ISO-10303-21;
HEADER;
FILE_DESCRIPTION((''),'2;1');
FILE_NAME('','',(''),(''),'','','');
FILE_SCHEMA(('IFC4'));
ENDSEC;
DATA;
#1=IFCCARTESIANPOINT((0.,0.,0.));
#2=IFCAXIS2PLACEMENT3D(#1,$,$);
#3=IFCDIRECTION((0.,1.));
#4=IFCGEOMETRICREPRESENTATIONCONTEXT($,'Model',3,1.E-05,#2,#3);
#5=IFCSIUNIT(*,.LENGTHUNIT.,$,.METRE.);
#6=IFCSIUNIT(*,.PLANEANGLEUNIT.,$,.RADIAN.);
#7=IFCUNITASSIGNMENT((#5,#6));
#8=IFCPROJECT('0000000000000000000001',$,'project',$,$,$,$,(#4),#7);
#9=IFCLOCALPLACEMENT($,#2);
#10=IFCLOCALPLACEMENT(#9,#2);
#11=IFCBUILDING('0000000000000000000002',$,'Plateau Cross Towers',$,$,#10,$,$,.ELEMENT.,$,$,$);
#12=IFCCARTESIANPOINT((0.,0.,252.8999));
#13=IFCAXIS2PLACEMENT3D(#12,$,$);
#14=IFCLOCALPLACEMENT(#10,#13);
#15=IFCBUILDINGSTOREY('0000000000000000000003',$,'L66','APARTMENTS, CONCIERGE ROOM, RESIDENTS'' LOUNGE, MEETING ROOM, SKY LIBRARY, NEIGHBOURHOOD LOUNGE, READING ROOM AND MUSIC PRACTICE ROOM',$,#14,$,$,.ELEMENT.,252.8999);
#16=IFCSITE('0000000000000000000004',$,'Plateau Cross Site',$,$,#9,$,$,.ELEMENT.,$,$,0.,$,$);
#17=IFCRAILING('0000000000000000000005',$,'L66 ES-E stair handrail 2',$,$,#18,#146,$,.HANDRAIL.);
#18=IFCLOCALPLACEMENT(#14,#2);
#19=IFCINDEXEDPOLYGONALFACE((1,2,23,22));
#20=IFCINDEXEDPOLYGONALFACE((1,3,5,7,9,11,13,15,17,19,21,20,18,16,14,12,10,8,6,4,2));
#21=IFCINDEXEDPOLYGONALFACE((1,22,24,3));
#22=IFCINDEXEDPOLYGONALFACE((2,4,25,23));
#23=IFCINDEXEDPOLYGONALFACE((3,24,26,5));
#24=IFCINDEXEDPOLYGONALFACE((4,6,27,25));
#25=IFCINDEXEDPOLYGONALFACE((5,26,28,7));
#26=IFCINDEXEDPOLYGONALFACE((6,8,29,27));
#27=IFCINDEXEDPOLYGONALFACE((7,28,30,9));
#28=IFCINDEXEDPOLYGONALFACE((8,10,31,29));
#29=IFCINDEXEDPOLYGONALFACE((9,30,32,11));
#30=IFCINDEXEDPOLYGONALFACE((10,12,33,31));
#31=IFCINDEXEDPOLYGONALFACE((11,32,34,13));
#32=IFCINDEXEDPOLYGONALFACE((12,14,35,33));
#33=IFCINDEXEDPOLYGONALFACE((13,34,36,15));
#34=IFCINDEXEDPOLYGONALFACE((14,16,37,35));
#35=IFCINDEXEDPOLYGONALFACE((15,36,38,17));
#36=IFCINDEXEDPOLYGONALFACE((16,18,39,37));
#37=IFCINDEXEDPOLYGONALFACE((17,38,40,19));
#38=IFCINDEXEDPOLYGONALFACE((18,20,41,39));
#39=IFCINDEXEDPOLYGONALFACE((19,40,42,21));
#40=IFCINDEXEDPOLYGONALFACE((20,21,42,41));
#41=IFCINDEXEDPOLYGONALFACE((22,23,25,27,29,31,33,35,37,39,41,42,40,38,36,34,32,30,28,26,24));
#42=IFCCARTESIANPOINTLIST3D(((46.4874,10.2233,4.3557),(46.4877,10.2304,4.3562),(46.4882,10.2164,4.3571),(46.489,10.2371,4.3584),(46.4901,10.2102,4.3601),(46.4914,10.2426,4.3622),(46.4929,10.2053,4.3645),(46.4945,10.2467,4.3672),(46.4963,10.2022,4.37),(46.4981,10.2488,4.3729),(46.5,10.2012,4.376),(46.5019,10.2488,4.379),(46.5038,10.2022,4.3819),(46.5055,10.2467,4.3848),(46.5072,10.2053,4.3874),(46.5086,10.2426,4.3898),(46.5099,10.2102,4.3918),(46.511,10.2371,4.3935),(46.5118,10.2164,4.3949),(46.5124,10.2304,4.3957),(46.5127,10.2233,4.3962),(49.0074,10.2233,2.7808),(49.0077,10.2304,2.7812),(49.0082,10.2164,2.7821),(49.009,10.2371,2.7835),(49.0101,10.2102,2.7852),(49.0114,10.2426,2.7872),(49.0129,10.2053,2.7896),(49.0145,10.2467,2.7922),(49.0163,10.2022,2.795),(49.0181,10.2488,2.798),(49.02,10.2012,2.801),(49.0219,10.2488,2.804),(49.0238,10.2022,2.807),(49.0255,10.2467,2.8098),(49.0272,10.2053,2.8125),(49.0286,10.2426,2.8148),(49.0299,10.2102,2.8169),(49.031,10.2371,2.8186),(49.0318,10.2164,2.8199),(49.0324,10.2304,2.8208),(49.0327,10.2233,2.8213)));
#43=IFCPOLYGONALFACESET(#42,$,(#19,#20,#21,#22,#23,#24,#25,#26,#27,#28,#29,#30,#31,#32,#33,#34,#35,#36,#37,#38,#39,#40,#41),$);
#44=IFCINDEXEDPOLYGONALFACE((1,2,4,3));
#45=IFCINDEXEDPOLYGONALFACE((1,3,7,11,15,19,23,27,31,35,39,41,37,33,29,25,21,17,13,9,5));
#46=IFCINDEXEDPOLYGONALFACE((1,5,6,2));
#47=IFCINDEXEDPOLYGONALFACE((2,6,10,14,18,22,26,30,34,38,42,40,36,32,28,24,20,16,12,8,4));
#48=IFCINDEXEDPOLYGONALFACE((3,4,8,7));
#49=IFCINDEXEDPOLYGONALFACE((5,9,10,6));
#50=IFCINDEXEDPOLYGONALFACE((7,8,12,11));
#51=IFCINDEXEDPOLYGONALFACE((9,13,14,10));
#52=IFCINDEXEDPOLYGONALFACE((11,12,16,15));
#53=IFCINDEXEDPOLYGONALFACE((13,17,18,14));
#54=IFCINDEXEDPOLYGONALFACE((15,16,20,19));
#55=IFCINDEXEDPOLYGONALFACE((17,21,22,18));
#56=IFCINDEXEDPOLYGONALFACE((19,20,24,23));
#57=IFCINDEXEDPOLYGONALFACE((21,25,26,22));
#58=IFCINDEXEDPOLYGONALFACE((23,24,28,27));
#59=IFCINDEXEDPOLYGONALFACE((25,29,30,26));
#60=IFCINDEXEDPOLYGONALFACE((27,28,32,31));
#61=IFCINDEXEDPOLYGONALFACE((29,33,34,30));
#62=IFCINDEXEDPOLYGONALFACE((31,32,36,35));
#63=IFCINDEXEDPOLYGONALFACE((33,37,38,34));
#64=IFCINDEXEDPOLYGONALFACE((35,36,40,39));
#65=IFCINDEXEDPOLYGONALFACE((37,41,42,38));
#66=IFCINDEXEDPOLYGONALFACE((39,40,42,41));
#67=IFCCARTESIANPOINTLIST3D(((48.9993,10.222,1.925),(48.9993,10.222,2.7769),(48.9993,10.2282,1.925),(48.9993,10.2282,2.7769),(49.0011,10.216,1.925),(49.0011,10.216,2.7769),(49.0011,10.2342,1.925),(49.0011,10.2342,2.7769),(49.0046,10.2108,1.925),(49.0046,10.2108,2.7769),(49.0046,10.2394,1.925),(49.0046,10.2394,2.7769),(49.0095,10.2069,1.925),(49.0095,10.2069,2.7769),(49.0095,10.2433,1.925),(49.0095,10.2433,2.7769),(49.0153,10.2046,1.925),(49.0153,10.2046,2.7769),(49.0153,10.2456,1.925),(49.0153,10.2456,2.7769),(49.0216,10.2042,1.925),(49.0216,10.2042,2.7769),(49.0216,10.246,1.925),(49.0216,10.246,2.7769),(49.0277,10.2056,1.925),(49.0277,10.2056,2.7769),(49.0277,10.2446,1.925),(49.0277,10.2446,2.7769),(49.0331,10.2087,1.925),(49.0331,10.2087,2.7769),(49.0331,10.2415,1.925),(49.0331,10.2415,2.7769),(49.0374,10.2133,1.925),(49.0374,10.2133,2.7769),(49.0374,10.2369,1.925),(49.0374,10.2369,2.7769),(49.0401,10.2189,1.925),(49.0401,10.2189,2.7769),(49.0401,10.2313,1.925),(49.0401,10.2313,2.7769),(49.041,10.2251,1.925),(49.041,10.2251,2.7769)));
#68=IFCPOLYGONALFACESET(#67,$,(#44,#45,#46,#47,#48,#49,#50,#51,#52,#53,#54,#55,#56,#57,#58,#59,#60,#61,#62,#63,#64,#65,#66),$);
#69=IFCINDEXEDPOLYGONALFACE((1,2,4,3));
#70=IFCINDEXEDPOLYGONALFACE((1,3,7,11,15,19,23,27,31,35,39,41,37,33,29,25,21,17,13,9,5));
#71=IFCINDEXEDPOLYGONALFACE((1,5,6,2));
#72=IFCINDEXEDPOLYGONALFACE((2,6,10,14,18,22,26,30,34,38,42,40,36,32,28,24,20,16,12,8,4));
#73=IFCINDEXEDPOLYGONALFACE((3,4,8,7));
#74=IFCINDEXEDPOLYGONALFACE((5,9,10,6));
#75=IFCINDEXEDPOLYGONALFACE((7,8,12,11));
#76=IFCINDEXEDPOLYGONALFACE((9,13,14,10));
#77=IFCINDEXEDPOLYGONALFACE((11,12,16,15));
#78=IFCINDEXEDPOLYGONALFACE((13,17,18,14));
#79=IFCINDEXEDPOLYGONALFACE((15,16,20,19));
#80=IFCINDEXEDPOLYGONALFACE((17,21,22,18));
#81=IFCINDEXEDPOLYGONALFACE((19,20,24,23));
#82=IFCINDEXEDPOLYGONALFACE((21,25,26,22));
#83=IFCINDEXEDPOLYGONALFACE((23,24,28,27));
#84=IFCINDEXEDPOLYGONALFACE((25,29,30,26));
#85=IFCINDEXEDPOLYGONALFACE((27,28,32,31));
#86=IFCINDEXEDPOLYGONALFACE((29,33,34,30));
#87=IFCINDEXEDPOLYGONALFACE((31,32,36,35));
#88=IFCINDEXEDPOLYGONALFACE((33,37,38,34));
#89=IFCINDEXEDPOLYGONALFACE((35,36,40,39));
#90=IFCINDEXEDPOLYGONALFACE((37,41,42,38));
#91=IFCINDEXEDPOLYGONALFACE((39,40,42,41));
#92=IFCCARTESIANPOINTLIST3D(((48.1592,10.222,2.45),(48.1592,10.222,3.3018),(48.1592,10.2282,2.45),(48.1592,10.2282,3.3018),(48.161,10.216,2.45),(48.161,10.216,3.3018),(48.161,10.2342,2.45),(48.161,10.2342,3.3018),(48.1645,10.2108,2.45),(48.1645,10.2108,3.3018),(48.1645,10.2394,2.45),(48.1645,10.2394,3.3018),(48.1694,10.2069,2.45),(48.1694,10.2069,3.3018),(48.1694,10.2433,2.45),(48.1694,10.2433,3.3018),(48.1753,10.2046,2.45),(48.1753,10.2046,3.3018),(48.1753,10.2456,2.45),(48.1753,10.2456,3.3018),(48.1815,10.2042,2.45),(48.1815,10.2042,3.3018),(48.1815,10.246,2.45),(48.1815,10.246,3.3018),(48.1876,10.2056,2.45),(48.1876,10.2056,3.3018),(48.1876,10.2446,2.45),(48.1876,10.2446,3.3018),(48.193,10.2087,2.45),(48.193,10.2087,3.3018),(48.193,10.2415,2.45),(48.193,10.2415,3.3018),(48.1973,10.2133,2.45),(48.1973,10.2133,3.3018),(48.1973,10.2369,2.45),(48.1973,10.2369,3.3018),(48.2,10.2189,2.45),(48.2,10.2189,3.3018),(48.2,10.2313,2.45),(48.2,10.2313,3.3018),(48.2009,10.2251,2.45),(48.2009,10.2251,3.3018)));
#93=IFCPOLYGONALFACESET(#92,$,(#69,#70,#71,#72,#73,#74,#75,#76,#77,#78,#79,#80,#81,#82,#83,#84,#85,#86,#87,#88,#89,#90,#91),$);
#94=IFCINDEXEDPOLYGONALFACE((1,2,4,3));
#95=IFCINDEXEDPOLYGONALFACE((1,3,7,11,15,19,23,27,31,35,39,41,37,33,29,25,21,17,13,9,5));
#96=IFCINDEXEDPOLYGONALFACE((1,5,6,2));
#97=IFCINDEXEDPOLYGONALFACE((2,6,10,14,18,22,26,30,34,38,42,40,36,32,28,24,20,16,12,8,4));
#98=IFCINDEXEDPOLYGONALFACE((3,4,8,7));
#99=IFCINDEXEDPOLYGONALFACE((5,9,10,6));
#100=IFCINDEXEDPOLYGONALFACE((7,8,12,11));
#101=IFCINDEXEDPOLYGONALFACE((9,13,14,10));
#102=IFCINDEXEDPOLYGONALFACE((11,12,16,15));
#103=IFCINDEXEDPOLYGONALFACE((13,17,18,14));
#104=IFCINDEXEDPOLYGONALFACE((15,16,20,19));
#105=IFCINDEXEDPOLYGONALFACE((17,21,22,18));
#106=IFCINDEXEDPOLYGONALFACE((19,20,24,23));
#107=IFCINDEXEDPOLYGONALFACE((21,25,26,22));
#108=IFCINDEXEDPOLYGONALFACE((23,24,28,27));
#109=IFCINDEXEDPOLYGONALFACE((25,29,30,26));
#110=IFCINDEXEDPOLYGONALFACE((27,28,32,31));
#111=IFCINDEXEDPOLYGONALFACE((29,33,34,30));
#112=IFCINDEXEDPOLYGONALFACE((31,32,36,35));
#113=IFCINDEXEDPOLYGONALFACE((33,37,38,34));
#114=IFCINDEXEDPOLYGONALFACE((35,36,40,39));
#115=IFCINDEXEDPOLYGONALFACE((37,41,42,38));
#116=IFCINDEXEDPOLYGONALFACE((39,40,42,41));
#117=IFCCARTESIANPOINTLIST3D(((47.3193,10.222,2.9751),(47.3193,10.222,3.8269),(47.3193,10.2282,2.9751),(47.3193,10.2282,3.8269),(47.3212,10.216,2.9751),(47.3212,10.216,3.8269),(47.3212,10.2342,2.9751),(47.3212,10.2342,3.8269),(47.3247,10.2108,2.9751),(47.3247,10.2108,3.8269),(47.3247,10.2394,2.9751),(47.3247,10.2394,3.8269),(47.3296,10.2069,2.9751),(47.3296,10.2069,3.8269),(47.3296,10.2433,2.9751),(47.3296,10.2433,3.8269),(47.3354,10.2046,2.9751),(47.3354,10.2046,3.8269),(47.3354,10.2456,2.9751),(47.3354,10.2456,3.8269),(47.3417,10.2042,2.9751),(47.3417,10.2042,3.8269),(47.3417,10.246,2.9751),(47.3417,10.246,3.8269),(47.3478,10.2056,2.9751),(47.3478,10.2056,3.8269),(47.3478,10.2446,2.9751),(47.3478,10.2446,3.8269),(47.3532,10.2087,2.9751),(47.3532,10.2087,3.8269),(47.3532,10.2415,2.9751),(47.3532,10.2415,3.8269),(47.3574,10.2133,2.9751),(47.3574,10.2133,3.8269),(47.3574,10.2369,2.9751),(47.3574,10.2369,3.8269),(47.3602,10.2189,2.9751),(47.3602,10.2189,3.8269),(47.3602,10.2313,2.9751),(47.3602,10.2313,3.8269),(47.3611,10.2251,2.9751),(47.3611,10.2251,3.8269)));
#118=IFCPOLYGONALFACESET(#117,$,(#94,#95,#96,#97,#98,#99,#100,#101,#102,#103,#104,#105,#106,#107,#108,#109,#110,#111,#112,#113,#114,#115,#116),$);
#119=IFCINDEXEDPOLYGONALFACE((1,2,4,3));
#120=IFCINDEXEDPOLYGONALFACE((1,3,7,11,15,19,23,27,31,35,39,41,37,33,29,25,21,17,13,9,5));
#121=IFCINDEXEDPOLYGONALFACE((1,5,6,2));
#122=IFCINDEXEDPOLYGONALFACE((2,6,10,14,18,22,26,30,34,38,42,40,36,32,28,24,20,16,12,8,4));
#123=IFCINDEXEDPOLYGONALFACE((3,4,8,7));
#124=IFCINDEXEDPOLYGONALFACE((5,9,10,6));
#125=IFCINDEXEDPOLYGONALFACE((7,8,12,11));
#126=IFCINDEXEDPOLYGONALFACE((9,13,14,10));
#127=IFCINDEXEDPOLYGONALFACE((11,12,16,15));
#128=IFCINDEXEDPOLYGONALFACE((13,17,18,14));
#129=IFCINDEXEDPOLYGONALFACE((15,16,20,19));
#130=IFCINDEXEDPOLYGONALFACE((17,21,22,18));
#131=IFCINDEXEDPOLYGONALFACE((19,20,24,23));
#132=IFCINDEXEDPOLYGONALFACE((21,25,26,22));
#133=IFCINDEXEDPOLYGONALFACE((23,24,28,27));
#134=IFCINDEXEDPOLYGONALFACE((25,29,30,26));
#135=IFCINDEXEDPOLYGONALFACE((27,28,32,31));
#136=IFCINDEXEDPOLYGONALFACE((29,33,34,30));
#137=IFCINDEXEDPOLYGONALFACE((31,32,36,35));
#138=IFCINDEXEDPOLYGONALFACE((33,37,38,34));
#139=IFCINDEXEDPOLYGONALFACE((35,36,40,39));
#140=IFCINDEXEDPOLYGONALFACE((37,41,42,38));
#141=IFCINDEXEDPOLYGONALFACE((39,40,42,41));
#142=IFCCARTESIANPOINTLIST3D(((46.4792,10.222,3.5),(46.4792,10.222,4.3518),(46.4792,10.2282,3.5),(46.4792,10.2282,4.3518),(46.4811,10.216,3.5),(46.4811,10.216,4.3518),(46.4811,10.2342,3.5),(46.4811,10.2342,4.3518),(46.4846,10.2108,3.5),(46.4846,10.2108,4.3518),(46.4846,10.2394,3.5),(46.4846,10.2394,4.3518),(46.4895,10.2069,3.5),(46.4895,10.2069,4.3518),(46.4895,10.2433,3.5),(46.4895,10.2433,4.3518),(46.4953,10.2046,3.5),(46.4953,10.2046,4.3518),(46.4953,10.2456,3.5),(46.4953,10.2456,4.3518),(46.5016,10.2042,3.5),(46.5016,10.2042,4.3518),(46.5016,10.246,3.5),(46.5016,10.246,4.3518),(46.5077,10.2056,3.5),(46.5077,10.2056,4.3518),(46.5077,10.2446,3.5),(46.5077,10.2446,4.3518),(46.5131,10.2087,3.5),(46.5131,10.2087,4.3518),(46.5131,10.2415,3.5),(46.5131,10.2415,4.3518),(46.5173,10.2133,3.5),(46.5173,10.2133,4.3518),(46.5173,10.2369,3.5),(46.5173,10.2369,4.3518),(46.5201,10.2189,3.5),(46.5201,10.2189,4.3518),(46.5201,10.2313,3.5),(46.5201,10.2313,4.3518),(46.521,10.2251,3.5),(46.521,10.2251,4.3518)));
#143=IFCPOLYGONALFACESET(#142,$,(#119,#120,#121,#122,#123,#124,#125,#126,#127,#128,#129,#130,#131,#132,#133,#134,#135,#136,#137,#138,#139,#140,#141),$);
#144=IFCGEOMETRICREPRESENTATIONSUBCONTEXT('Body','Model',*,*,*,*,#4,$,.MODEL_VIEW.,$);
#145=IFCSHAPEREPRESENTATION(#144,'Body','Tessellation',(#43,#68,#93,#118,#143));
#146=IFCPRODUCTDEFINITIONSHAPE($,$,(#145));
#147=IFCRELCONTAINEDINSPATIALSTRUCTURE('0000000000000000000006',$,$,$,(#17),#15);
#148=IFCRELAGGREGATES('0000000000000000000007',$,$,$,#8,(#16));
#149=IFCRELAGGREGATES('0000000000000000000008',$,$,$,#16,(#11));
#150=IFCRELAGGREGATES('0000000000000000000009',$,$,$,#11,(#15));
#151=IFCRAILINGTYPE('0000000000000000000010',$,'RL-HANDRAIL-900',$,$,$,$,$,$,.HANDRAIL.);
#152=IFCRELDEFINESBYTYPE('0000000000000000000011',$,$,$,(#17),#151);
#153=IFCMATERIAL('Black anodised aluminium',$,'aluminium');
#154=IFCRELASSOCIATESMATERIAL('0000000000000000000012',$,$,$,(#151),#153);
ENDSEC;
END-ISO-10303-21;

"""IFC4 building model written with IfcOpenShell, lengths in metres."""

from ifc_helpers import new_model, si_unit, direction, frame, origin, origin_2d, place, context, subcontext, project, spatial, circle, extrude, material, type_object, element, save


model = new_model("IFC4")

# Units and contexts
model_context = context("Model", 3, precision=1e-05, world=origin(), true_north=direction((0.0, 1.0)))
body_context = subcontext(model_context, "Body", "Model", "MODEL_VIEW")
ifc_project = project(units=[si_unit("LENGTHUNIT", "METRE"), si_unit("PLANEANGLEUNIT", "RADIAN")], contexts=[model_context])

# Site, building, storey
site_placement = place(None, origin())
site = spatial("IfcSite", under=ifc_project, at=site_placement, Name="Plateau Cross Site", CompositionType="ELEMENT", RefElevation=0.0)
building_placement = place(site_placement, origin())
building = spatial("IfcBuilding", under=site, at=building_placement, Name="Plateau Cross Towers", CompositionType="ELEMENT")
storey_placement = place(building_placement, frame((0.0, 0.0, 252.8999)))
storey = spatial("IfcBuildingStorey", under=building, at=storey_placement, Name="L66", Description="APARTMENTS, CONCIERGE ROOM, RESIDENTS' LOUNGE, MEETING ROOM, SKY LIBRARY, NEIGHBOURHOOD LOUNGE, READING ROOM AND MUSIC PRACTICE ROOM", CompositionType="ELEMENT", Elevation=252.8999)

# Shared definitions
ifc_material_1 = material(Name="Black anodised aluminium", Category="aluminium")

# Railing
railing_type_1 = type_object("IfcRailingType", Name="RL-HANDRAIL-900", PredefinedType="HANDRAIL", material=ifc_material_1)
railing_1_placement = place(storey_placement, frame((49.02, 10.2251, 1.925)))
element("IfcRailing", 1, at=railing_1_placement, inside=storey, type_object=railing_type_1, Name="L66 ES-E stair handrail 2", PredefinedType="HANDRAIL", context=body_context, shape_type="SweptSolid", body=[
    extrude(circle(Radius=0.0239, at=origin_2d()), frame((0.0, 0.0, 0.876), z_axis=(-0.848008, 0.0, 0.529984), x_axis=(0.0, -1.0, 0.0)), (0.0, 0.0, 1.0), 2.9717),
    extrude(circle(Radius=0.021, at=origin_2d()), origin(), (0.0, 0.0, 1.0), 0.8518),
    extrude(circle(Radius=0.021, at=origin_2d()), frame((-0.8401, 0.0, 0.5249)), (0.0, 0.0, 1.0), 0.8518),
    extrude(circle(Radius=0.021, at=origin_2d()), frame((-1.6799, 0.0, 1.05)), (0.0, 0.0, 1.0), 0.8518),
    extrude(circle(Radius=0.021, at=origin_2d()), frame((-2.52, 0.0, 1.575)), (0.0, 0.0, 1.0), 0.8518),
])

save(model, "model.ifc")
